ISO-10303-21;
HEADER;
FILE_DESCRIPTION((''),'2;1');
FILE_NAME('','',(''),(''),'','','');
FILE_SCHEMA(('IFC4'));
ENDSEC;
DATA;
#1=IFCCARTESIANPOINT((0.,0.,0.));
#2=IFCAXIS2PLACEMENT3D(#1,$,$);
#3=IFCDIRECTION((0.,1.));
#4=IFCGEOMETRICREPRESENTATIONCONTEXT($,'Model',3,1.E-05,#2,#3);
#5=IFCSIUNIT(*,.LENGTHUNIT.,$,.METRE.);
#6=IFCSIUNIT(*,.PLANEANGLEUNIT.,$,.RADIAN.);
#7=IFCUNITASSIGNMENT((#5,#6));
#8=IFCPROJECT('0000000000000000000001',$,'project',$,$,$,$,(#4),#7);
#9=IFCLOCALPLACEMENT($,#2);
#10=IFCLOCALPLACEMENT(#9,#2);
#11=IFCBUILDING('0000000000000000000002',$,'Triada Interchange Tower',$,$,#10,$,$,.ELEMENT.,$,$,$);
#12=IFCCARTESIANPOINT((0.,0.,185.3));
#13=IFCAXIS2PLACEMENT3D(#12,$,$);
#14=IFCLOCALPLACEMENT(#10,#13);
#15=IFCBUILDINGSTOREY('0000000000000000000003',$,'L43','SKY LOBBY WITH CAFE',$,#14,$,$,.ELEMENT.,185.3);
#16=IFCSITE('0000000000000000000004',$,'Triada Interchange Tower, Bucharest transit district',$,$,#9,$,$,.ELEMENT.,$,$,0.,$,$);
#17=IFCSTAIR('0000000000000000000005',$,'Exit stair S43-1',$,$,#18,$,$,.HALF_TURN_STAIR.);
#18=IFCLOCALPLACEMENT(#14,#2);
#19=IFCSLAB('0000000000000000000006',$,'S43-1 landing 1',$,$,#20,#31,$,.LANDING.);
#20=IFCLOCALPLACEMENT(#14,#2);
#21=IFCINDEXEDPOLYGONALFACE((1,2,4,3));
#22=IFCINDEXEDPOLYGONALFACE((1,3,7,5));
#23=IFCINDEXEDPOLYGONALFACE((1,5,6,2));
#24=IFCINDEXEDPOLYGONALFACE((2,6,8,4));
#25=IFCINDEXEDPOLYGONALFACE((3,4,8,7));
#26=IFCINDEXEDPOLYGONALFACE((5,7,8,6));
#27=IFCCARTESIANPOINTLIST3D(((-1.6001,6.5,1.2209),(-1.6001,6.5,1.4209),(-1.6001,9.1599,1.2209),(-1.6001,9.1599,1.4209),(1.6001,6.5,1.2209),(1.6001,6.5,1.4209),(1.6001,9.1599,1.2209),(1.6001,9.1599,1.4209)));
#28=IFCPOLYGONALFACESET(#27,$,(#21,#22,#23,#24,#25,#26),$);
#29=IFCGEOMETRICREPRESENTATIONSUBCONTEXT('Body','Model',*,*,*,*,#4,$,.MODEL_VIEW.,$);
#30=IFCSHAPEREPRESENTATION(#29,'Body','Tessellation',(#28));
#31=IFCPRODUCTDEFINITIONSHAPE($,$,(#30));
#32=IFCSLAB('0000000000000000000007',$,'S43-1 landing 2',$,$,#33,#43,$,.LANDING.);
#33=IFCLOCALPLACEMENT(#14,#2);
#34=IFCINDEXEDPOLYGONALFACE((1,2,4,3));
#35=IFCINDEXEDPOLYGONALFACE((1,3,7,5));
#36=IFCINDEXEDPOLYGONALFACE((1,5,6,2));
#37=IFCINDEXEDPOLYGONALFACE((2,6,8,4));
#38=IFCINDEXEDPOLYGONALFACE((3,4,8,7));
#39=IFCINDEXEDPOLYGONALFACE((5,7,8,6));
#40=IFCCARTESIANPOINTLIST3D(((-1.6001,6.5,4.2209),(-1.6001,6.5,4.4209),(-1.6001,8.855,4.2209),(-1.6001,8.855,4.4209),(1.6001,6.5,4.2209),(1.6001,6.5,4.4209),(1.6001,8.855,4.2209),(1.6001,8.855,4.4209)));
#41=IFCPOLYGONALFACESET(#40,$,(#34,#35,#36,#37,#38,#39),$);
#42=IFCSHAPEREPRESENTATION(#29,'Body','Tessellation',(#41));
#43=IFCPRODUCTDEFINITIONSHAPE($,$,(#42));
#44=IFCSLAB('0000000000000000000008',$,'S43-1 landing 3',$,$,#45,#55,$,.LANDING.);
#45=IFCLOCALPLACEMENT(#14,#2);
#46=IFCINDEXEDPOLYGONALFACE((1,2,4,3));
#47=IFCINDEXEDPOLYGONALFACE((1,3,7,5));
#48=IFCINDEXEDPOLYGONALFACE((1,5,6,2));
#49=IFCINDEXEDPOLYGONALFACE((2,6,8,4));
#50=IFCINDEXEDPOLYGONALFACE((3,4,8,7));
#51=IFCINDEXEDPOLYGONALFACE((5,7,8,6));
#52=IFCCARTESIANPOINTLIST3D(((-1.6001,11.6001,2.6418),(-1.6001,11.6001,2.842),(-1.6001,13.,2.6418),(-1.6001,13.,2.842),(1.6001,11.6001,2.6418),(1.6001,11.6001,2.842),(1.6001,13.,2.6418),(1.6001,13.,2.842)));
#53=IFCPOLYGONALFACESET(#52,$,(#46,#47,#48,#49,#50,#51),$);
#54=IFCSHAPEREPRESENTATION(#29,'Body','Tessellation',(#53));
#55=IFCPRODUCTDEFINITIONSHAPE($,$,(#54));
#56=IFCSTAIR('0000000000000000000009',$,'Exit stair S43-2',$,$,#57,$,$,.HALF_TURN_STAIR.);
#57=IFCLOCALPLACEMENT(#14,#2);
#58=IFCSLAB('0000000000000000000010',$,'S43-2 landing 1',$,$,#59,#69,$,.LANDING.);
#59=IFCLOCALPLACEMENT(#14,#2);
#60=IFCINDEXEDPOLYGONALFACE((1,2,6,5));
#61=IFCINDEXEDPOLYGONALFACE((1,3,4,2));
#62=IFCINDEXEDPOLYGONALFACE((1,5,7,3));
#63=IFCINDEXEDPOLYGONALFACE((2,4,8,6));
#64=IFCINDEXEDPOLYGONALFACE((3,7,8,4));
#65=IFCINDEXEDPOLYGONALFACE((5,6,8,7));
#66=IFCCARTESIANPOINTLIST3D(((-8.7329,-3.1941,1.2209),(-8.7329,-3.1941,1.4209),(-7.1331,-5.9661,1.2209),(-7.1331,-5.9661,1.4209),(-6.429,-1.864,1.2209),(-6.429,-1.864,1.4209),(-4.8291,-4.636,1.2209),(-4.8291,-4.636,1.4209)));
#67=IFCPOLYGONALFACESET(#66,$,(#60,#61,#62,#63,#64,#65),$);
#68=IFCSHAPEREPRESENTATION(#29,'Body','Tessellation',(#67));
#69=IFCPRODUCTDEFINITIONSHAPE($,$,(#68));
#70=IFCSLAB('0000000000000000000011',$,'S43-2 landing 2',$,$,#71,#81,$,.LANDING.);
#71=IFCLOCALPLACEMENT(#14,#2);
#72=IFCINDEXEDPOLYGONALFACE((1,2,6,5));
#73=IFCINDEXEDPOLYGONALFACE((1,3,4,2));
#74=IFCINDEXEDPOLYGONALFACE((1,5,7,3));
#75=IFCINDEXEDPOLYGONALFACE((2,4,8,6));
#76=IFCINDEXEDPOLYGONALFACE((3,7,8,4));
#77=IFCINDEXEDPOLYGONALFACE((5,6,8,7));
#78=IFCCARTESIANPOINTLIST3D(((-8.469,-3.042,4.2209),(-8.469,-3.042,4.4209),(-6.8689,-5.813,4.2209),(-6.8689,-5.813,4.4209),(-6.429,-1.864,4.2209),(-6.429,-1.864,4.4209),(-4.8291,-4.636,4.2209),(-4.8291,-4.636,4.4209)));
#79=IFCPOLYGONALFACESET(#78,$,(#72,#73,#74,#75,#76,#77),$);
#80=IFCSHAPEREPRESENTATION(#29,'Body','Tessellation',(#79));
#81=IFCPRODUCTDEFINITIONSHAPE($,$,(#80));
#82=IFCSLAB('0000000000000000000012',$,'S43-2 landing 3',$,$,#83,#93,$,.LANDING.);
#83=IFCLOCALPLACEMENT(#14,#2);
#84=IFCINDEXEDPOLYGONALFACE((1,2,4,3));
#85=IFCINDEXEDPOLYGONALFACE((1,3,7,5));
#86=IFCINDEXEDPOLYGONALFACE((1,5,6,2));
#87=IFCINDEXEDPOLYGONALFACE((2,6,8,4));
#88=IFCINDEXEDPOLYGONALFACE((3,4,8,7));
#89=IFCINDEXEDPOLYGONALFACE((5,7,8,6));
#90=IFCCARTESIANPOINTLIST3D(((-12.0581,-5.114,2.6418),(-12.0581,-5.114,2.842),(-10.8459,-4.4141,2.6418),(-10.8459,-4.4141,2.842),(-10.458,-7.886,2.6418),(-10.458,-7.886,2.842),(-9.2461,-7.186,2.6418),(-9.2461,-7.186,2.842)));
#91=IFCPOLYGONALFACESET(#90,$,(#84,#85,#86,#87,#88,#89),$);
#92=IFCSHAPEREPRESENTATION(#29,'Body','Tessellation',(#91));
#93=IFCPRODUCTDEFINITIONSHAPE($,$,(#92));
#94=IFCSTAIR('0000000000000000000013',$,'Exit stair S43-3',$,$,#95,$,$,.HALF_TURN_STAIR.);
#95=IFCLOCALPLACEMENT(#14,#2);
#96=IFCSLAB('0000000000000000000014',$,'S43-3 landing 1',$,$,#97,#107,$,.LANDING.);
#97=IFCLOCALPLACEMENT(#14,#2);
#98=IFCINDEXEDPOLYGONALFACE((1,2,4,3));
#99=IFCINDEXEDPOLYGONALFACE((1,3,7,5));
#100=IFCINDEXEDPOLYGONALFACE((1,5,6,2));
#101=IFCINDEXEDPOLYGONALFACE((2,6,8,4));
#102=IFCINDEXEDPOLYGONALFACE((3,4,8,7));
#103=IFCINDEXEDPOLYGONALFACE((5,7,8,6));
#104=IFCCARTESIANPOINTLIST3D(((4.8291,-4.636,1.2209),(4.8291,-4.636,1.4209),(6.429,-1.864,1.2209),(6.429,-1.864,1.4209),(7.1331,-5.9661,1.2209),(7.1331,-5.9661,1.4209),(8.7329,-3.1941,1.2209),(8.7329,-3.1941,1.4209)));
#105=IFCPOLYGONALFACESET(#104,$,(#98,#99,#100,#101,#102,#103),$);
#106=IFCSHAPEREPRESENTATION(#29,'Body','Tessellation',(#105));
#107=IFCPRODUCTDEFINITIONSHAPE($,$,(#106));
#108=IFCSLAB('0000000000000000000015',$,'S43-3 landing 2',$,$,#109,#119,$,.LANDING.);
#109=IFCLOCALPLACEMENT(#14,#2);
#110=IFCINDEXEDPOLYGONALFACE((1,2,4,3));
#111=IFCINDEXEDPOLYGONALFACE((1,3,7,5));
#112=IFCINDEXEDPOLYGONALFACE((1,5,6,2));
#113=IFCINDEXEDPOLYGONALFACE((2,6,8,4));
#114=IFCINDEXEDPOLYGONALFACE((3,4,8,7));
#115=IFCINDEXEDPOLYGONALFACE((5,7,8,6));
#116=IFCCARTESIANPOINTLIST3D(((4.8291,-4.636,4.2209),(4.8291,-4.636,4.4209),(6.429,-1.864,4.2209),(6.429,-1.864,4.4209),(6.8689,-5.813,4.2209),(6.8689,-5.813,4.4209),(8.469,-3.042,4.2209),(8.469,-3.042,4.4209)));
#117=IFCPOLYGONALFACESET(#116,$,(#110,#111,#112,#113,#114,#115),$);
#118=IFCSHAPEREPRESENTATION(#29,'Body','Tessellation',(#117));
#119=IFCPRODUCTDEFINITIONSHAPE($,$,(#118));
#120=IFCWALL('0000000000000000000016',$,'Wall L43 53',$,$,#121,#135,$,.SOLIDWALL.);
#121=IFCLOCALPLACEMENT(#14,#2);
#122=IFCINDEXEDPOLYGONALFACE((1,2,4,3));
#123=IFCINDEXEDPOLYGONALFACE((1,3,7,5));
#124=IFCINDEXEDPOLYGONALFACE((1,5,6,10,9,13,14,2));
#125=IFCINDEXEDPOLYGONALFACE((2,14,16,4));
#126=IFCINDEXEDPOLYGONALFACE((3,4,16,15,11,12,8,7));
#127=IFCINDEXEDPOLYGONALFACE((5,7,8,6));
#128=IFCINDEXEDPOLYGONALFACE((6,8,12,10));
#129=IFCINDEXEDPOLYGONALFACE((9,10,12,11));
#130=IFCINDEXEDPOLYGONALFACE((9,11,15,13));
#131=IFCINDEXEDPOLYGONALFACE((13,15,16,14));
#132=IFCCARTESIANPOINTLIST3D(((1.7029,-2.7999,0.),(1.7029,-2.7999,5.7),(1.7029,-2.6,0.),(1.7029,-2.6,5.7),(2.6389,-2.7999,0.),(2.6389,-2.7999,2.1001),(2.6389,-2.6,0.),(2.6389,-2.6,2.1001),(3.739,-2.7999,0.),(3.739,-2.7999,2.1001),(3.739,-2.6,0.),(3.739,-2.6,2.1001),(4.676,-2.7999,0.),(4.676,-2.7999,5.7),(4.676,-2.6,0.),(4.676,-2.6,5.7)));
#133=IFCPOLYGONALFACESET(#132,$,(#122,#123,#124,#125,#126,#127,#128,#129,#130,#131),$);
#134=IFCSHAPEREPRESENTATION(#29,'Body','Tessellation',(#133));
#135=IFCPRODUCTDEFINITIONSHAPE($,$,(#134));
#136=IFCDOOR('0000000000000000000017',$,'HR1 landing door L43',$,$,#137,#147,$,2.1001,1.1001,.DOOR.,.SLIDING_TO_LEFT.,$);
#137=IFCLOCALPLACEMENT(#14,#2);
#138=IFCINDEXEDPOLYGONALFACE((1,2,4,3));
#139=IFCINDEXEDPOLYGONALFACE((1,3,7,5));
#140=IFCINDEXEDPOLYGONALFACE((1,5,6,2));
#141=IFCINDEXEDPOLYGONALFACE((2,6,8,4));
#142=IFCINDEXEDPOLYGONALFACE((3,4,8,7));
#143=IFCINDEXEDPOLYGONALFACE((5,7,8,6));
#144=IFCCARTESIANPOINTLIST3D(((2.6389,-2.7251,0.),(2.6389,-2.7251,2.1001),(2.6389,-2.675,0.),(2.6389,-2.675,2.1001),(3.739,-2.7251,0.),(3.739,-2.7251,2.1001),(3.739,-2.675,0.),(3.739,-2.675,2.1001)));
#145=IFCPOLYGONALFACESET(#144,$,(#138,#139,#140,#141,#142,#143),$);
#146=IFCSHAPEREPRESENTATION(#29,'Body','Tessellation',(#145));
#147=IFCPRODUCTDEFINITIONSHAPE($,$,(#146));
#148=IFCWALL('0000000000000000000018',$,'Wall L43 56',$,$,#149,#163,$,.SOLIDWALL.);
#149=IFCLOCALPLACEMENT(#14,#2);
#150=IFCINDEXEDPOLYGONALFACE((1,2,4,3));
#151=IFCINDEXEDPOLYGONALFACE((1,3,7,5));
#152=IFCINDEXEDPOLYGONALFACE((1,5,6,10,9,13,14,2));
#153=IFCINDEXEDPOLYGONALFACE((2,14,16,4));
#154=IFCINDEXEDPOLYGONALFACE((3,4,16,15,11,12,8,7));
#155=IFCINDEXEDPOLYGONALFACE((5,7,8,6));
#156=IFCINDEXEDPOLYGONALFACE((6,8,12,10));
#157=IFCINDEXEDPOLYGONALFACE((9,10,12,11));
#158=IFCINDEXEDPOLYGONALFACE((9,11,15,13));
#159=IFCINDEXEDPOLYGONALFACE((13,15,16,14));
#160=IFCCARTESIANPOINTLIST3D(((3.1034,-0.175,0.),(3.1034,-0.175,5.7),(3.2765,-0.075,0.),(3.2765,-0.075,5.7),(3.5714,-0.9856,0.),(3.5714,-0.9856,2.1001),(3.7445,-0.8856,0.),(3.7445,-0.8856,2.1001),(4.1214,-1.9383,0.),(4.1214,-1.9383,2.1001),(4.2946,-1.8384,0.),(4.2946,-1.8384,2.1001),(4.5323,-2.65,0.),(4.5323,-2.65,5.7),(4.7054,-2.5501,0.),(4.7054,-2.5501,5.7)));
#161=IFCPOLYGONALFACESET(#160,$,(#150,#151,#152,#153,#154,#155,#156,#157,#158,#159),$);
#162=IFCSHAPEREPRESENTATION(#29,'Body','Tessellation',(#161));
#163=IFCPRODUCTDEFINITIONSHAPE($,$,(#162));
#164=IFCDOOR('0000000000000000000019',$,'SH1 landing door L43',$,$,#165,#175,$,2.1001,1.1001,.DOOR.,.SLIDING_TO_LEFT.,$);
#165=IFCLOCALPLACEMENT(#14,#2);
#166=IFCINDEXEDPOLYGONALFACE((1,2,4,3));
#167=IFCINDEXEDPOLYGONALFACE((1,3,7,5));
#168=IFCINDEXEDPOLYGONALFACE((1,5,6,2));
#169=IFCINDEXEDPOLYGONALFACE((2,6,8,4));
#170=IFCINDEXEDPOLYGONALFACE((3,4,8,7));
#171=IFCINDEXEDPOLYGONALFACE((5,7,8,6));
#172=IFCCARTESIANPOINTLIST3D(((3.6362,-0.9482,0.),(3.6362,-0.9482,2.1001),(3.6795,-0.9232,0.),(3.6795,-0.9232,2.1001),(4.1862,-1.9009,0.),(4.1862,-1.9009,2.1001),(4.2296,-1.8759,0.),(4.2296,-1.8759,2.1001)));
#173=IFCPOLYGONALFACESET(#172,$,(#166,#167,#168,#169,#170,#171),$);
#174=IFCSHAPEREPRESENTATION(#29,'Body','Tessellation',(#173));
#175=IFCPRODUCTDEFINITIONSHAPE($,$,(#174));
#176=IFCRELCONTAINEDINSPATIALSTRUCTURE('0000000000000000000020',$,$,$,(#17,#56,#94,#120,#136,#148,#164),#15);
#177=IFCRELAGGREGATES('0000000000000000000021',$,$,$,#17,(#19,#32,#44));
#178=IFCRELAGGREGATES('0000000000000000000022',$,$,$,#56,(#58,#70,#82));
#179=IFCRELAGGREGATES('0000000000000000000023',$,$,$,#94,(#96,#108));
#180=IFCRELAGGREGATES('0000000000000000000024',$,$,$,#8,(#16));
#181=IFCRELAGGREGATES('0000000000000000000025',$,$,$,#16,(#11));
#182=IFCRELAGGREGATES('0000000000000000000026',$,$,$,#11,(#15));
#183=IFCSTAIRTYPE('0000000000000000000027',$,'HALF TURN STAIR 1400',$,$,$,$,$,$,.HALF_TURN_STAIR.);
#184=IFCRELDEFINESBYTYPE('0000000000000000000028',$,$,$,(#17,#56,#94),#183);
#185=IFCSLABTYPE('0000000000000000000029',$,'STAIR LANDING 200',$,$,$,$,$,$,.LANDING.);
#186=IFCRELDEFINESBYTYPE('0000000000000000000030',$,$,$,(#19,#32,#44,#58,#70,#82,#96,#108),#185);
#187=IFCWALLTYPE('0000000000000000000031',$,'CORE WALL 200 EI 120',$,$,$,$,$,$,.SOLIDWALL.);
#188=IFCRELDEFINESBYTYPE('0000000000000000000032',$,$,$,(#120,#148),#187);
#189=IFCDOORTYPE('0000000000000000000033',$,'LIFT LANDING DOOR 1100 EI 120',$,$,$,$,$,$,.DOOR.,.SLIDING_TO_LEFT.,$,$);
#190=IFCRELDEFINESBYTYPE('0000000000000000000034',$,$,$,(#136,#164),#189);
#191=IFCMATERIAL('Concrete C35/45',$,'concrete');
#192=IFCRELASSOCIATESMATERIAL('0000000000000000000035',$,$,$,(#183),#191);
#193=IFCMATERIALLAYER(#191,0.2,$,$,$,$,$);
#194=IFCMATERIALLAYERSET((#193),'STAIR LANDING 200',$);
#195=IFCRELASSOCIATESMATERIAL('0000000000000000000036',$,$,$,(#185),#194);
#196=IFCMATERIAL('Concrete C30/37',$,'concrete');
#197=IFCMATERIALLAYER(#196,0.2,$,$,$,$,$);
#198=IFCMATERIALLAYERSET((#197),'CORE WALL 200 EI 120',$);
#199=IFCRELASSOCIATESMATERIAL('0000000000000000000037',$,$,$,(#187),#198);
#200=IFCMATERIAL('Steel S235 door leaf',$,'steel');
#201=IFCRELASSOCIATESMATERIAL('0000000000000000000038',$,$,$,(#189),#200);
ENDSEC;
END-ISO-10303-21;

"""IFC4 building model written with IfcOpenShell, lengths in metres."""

from ifc_helpers import new_model, si_unit, direction, frame, frame_2d, origin, place, context, subcontext, project, spatial, polyline, rectangle, outline, extrude, material, layer, layer_set, type_object, element, fill, aggregate, save


model = new_model("IFC4")

# Units and contexts
model_context = context("Model", 3, precision=1e-05, world=origin(), true_north=direction((0.0, 1.0)))
body_context = subcontext(model_context, "Body", "Model", "MODEL_VIEW")
ifc_project = project(units=[si_unit("LENGTHUNIT", "METRE"), si_unit("PLANEANGLEUNIT", "RADIAN")], contexts=[model_context])

# Site, building, storey
site_placement = place(None, origin())
site = spatial("IfcSite", under=ifc_project, at=site_placement, Name="Triada Interchange Tower, Bucharest transit district", CompositionType="ELEMENT", RefElevation=0.0)
building_placement = place(site_placement, origin())
building = spatial("IfcBuilding", under=site, at=building_placement, Name="Triada Interchange Tower", CompositionType="ELEMENT")
storey_placement = place(building_placement, frame((0.0, 0.0, 185.3)))
storey = spatial("IfcBuildingStorey", under=building, at=storey_placement, Name="L43", Description="SKY LOBBY WITH CAFE", CompositionType="ELEMENT", Elevation=185.3)

# Stairs, slabs
ifc_material_1 = material(Name="Concrete C35/45", Category="concrete")
stair_type = type_object("IfcStairType", Name="HALF TURN STAIR 1400", PredefinedType="HALF_TURN_STAIR", material=ifc_material_1)
stair_1_placement = place(storey_placement, origin())
stair_1 = element("IfcStair", 1, at=stair_1_placement, inside=storey, type_object=stair_type, Name="Exit stair S43-1", PredefinedType="HALF_TURN_STAIR")
ifc_layer_1 = layer(ifc_material_1, 0.2)
ifc_layer_set_1 = layer_set([ifc_layer_1], Name="STAIR LANDING 200")
slab_type = type_object("IfcSlabType", Name="STAIR LANDING 200", PredefinedType="LANDING", material=ifc_layer_set_1)
slab_1_placement = place(storey_placement, frame((0.0, 0.0, 1.2209)))
slab_1 = element("IfcSlab", 2, at=slab_1_placement, type_object=slab_type, Name="S43-1 landing 1", PredefinedType="LANDING", context=body_context, shape_type="SweptSolid", body=[
    extrude(outline(polyline([(1.6001, 6.5), (1.6001, 9.1599), (-1.6001, 9.1599), (-1.6001, 6.5), (1.6001, 6.5)])), origin(), (0.0, 0.0, 1.0), 0.2),
])
slab_2_placement = place(storey_placement, frame((0.0, 0.0, 4.2209)))
slab_2 = element("IfcSlab", 3, at=slab_2_placement, type_object=slab_type, Name="S43-1 landing 2", PredefinedType="LANDING", context=body_context, shape_type="SweptSolid", body=[
    extrude(outline(polyline([(1.6001, 6.5), (1.6001, 8.855), (-1.6001, 8.855), (-1.6001, 6.5), (1.6001, 6.5)])), origin(), (0.0, 0.0, 1.0), 0.2),
])
slab_3_placement = place(storey_placement, frame((0.0, 0.0, 2.6418)))
slab_3 = element("IfcSlab", 4, at=slab_3_placement, type_object=slab_type, Name="S43-1 landing 3", PredefinedType="LANDING", context=body_context, shape_type="SweptSolid", body=[
    extrude(outline(polyline([(1.6001, 11.6001), (1.6001, 13.0), (-1.6001, 13.0), (-1.6001, 11.6001), (1.6001, 11.6001)])), origin(), (0.0, 0.0, 1.0), 0.2002),
])
aggregate(stair_1, [slab_1, slab_2, slab_3])
stair_2_placement = place(storey_placement, origin())
stair_2 = element("IfcStair", 5, at=stair_2_placement, inside=storey, type_object=stair_type, Name="Exit stair S43-2", PredefinedType="HALF_TURN_STAIR")
slab_4_placement = place(storey_placement, frame((0.0, 0.0, 1.2209)))
slab_4 = element("IfcSlab", 6, at=slab_4_placement, type_object=slab_type, Name="S43-2 landing 1", PredefinedType="LANDING", context=body_context, shape_type="SweptSolid", body=[
    extrude(outline(polyline([(-6.429, -1.864), (-8.7329, -3.1941), (-7.1331, -5.9661), (-4.8291, -4.636), (-6.429, -1.864)])), origin(), (0.0, 0.0, 1.0), 0.2),
])
slab_5_placement = place(storey_placement, frame((0.0, 0.0, 4.2209)))
slab_5 = element("IfcSlab", 7, at=slab_5_placement, type_object=slab_type, Name="S43-2 landing 2", PredefinedType="LANDING", context=body_context, shape_type="SweptSolid", body=[
    extrude(outline(polyline([(-6.429, -1.864), (-8.469, -3.042), (-6.8689, -5.813), (-4.8291, -4.636), (-6.429, -1.864)])), origin(), (0.0, 0.0, 1.0), 0.2),
])
slab_6_placement = place(storey_placement, frame((0.0, 0.0, 2.6418)))
slab_6 = element("IfcSlab", 8, at=slab_6_placement, type_object=slab_type, Name="S43-2 landing 3", PredefinedType="LANDING", context=body_context, shape_type="SweptSolid", body=[
    extrude(outline(polyline([(-10.8459, -4.4141), (-12.0581, -5.114), (-10.458, -7.886), (-9.2461, -7.186), (-10.8459, -4.4141)])), origin(), (0.0, 0.0, 1.0), 0.2002),
])
aggregate(stair_2, [slab_4, slab_5, slab_6])
stair_3_placement = place(storey_placement, origin())
stair_3 = element("IfcStair", 9, at=stair_3_placement, inside=storey, type_object=stair_type, Name="Exit stair S43-3", PredefinedType="HALF_TURN_STAIR")
slab_7_placement = place(storey_placement, frame((0.0, 0.0, 1.2209)))
slab_7 = element("IfcSlab", 10, at=slab_7_placement, type_object=slab_type, Name="S43-3 landing 1", PredefinedType="LANDING", context=body_context, shape_type="SweptSolid", body=[
    extrude(outline(polyline([(4.8291, -4.636), (7.1331, -5.9661), (8.7329, -3.1941), (6.429, -1.864), (4.8291, -4.636)])), origin(), (0.0, 0.0, 1.0), 0.2),
])
slab_8_placement = place(storey_placement, frame((0.0, 0.0, 4.2209)))
slab_8 = element("IfcSlab", 11, at=slab_8_placement, type_object=slab_type, Name="S43-3 landing 2", PredefinedType="LANDING", context=body_context, shape_type="SweptSolid", body=[
    extrude(outline(polyline([(4.8291, -4.636), (6.8689, -5.813), (8.469, -3.042), (6.429, -1.864), (4.8291, -4.636)])), origin(), (0.0, 0.0, 1.0), 0.2),
])

# Walls, openings, doors
ifc_material_2 = material(Name="Concrete C30/37", Category="concrete")
ifc_layer_2 = layer(ifc_material_2, 0.2)
ifc_layer_set_2 = layer_set([ifc_layer_2], Name="CORE WALL 200 EI 120")
wall_type_1 = type_object("IfcWallType", Name="CORE WALL 200 EI 120", PredefinedType="SOLIDWALL", material=ifc_layer_set_2)
wall_1_placement = place(storey_placement, frame((1.7029, -2.7, 0.0), z_axis=(0.0, 0.0, 1.0), x_axis=(1.0, 0.0, 0.0)))
wall_1 = element("IfcWall", 12, at=wall_1_placement, inside=storey, type_object=wall_type_1, Name="Wall L43 53", PredefinedType="SOLIDWALL", context=body_context, shape_type="SweptSolid", body=[
    extrude(rectangle(XDim=2.9731, YDim=0.2, at=frame_2d((1.4866, 0.0))), origin(), (0.0, 0.0, 1.0), 5.7),
])
opening_1_placement = place(wall_1_placement, frame((0.936, 0.0, 0.0)))
opening_1 = element("IfcOpeningElement", 13, at=opening_1_placement, cuts=wall_1, PredefinedType="OPENING", context=body_context, shape_type="SweptSolid", body=[
    extrude(rectangle(XDim=1.1001, YDim=2.1001, at=frame_2d((0.55, 1.05))), frame((0.0, 0.1099, 0.0), z_axis=(0.0, -1.0, 0.0), x_axis=(1.0, 0.0, 0.0)), (0.0, 0.0, 1.0), 0.22),
])
ifc_material_3 = material(Name="Steel S235 door leaf", Category="steel")
door_type = type_object("IfcDoorType", Name="LIFT LANDING DOOR 1100 EI 120", OperationType="SLIDING_TO_LEFT", PredefinedType="DOOR", material=ifc_material_3)
door_1_placement = place(opening_1_placement, origin())
door_1 = element("IfcDoor", 14, at=door_1_placement, inside=storey, type_object=door_type, Name="HR1 landing door L43", OperationType="SLIDING_TO_LEFT", OverallHeight=2.1001, OverallWidth=1.1001, PredefinedType="DOOR", context=body_context, shape_type="SweptSolid", body=[
    extrude(rectangle(XDim=1.1001, YDim=2.1001, at=frame_2d((0.55, 1.05))), frame((0.0, 0.0249, 0.0), z_axis=(0.0, -1.0, 0.0), x_axis=(1.0, 0.0, 0.0)), (0.0, 0.0, 1.0), 0.05),
])
fill(opening_1, door_1)
wall_2_placement = place(storey_placement, frame((3.1899, -0.125, 0.0), z_axis=(0.0, 0.0, 1.0), x_axis=(0.499989, -0.866032, 0.0)))
wall_2 = element("IfcWall", 15, at=wall_2_placement, inside=storey, type_object=wall_type_1, Name="Wall L43 56", PredefinedType="SOLIDWALL", context=body_context, shape_type="SweptSolid", body=[
    extrude(rectangle(XDim=2.8579, YDim=0.2, at=frame_2d((1.429, 0.0))), origin(), (0.0, 0.0, 1.0), 5.7),
])
opening_2_placement = place(wall_2_placement, frame((0.936, 0.0, 0.0)))
opening_2 = element("IfcOpeningElement", 16, at=opening_2_placement, cuts=wall_2, PredefinedType="OPENING", context=body_context, shape_type="SweptSolid", body=[
    extrude(rectangle(XDim=1.1001, YDim=2.1001, at=frame_2d((0.55, 1.05))), frame((0.0, 0.1099, 0.0), z_axis=(0.0, -1.0, 0.0), x_axis=(1.0, 0.0, 0.0)), (0.0, 0.0, 1.0), 0.22),
])
door_2_placement = place(opening_2_placement, origin())
door_2 = element("IfcDoor", 17, at=door_2_placement, inside=storey, type_object=door_type, Name="SH1 landing door L43", OperationType="SLIDING_TO_LEFT", OverallHeight=2.1001, OverallWidth=1.1001, PredefinedType="DOOR", context=body_context, shape_type="SweptSolid", body=[
    extrude(rectangle(XDim=1.1001, YDim=2.1001, at=frame_2d((0.55, 1.05))), frame((0.0, 0.0249, 0.0), z_axis=(0.0, -1.0, 0.0), x_axis=(1.0, 0.0, 0.0)), (0.0, 0.0, 1.0), 0.05),
])
fill(opening_2, door_2)

aggregate(stair_3, [slab_7, slab_8])

save(model, "model.ifc")
